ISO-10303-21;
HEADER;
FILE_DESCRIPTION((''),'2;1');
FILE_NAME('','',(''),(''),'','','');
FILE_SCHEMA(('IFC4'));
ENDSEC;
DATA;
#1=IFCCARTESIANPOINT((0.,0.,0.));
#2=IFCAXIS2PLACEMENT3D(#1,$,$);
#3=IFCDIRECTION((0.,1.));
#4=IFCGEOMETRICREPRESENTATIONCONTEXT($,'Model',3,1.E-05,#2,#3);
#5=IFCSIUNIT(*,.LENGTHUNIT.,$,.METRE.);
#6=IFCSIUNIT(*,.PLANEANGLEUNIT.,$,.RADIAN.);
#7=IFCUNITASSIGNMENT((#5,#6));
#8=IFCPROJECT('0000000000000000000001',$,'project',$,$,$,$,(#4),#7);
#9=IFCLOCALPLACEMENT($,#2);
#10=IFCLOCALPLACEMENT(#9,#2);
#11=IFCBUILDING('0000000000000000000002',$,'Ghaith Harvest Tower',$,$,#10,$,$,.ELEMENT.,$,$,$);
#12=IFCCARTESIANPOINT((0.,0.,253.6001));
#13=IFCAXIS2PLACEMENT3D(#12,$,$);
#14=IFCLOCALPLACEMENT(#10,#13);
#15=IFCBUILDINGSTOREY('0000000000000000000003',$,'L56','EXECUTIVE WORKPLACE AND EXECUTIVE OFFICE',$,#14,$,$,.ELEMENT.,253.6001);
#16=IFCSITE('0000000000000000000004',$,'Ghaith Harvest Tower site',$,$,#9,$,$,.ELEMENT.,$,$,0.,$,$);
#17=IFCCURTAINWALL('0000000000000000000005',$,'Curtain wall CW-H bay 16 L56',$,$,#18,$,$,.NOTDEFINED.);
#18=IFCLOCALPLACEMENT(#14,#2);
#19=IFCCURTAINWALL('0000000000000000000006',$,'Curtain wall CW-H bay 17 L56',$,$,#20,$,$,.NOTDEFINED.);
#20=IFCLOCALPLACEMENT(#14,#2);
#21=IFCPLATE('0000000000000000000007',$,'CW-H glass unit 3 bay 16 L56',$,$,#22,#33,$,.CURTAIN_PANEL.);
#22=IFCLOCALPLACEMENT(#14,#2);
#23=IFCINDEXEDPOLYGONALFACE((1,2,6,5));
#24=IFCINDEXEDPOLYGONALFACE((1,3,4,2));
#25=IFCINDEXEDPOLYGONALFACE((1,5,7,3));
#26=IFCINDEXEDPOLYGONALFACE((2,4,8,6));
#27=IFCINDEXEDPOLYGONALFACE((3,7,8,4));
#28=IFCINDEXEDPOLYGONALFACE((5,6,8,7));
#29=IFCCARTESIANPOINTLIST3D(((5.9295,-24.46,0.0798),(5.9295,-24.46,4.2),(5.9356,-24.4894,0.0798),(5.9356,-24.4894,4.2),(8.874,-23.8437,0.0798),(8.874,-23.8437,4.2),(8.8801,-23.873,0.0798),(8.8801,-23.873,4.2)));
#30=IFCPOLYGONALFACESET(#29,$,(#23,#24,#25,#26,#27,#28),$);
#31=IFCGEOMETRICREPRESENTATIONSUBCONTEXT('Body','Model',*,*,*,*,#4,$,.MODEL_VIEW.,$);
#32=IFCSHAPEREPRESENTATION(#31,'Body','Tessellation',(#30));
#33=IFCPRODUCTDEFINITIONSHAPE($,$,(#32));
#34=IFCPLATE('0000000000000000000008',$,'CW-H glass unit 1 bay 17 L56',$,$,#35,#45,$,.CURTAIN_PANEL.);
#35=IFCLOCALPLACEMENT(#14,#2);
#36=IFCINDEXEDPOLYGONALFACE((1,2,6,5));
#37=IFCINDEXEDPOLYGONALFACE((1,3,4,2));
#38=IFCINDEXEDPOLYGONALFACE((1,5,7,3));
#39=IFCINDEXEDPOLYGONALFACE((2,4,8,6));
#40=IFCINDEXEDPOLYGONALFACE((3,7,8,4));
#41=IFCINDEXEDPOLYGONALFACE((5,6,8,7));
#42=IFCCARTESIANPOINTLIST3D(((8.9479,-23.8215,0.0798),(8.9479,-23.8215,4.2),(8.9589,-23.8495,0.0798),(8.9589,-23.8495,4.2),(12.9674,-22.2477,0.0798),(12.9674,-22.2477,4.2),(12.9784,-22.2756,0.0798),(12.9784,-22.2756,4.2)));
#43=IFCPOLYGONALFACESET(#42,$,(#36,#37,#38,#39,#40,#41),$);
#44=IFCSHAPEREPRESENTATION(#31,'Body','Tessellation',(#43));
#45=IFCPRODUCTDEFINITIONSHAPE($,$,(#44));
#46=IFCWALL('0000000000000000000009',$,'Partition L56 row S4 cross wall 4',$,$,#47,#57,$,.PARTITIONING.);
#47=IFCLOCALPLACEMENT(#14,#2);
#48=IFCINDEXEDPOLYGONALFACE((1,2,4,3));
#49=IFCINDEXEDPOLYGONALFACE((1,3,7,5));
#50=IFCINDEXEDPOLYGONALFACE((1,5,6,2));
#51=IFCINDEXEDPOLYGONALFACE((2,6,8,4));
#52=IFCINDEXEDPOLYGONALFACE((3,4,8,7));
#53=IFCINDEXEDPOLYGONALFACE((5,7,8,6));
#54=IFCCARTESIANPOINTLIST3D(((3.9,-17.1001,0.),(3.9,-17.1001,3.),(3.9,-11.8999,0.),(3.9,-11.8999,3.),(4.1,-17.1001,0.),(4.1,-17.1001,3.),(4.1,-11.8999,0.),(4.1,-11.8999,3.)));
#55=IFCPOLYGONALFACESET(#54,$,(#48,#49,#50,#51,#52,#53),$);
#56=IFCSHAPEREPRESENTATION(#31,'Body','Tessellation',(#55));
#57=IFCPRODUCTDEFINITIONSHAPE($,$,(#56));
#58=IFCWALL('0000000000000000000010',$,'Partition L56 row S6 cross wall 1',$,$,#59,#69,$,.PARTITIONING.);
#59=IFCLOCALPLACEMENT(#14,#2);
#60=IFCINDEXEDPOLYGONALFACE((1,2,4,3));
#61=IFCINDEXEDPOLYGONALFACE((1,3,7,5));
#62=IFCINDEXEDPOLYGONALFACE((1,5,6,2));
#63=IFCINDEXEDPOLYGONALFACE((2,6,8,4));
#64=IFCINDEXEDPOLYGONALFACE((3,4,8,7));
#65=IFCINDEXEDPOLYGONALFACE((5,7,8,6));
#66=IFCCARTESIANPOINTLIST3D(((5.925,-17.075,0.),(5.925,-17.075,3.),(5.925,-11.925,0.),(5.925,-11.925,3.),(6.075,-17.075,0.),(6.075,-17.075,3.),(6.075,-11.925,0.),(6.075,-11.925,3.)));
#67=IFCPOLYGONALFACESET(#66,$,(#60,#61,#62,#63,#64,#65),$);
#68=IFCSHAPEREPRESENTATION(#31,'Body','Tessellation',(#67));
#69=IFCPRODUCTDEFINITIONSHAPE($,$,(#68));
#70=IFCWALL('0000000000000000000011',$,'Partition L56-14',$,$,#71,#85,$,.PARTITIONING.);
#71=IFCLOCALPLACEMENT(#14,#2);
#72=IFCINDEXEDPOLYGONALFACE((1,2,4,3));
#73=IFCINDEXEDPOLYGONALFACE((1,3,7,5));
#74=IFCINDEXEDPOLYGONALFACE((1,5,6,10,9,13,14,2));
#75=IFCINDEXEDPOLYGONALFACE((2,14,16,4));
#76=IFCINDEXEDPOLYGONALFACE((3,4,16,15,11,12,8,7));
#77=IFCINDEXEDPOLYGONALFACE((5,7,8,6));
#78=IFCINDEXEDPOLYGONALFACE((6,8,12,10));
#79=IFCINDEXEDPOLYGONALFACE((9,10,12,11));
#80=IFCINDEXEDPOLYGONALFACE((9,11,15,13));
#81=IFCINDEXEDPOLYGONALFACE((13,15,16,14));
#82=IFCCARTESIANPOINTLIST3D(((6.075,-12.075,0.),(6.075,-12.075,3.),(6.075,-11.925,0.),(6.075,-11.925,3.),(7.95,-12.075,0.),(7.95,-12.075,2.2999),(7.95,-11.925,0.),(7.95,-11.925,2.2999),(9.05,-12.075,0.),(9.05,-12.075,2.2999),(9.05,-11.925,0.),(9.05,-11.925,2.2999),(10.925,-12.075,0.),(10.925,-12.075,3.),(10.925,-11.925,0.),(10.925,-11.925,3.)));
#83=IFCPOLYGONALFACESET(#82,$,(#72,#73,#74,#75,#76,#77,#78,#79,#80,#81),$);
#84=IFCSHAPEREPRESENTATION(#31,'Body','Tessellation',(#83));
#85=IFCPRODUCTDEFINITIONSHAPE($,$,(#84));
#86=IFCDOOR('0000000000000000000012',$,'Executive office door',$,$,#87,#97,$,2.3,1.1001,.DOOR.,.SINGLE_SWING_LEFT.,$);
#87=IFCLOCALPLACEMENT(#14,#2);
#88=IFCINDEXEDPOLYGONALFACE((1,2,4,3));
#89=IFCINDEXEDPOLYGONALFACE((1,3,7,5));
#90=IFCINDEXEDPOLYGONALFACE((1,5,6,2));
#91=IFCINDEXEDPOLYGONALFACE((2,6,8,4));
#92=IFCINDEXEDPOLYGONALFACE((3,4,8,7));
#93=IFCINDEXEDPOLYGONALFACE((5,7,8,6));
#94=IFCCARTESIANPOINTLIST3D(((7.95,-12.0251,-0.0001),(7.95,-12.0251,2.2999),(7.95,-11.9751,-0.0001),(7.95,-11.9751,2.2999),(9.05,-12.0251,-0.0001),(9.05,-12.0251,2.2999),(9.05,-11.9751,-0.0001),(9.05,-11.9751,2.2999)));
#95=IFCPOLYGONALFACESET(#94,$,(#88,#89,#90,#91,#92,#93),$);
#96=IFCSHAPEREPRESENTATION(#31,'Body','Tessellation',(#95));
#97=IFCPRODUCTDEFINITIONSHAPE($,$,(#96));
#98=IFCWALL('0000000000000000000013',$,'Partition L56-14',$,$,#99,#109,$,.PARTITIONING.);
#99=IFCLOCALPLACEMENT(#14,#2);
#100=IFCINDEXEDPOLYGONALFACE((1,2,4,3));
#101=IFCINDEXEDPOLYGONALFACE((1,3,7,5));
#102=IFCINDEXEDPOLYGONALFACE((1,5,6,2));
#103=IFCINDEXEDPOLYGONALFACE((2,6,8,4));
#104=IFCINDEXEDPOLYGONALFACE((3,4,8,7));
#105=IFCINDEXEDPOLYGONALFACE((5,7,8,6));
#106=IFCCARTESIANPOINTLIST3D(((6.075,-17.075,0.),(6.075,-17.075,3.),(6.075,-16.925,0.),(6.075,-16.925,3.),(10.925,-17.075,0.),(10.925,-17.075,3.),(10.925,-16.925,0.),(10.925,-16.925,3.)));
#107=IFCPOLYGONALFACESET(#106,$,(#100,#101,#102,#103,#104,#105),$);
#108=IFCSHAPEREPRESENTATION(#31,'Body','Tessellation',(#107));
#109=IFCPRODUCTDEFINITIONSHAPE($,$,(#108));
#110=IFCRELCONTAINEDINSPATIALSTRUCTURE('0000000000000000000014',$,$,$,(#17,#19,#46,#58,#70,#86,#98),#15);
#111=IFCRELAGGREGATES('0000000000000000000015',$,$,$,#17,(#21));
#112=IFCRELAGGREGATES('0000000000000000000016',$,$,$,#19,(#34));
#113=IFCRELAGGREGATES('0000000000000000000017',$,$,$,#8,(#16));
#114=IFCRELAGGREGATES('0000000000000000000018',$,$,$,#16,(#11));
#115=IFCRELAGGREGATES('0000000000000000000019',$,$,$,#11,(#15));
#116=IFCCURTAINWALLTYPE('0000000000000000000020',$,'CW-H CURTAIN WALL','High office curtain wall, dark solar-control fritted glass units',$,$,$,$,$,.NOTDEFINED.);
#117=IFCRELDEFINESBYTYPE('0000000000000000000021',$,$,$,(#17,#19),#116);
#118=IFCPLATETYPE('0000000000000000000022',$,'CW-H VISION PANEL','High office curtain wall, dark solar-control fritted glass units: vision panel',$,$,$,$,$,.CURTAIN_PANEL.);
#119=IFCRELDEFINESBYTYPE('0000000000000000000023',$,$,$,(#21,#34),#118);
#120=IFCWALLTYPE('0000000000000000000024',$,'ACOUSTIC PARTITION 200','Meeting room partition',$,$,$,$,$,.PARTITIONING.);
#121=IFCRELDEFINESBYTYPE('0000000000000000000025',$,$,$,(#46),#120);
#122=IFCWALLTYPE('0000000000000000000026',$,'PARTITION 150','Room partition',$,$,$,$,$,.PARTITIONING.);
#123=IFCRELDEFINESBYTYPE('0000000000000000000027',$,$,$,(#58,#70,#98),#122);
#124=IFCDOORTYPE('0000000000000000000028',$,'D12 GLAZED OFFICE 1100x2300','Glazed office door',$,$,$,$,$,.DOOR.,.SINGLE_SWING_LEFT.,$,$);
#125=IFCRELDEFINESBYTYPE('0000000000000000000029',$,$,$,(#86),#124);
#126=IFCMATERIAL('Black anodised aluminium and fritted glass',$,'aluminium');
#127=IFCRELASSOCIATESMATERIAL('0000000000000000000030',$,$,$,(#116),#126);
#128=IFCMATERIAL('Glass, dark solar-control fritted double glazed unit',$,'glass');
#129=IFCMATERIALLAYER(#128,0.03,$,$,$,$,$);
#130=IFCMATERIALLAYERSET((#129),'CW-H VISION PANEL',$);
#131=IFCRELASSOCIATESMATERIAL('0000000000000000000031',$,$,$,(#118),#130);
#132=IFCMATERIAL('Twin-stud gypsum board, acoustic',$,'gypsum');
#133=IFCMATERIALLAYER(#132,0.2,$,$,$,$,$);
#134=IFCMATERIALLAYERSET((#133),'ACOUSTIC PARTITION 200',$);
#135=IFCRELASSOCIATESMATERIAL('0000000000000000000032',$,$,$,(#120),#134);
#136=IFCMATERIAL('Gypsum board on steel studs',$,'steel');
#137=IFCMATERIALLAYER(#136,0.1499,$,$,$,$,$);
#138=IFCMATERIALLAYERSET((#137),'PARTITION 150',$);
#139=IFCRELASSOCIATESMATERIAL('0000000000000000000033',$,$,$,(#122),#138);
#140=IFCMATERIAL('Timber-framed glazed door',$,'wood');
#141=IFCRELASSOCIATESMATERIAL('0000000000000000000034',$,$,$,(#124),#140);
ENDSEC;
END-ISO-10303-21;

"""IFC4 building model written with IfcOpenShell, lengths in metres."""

from ifc_helpers import new_model, si_unit, direction, frame, frame_2d, origin, origin_2d, place, context, subcontext, project, spatial, rectangle, extrude, material, layer, layer_set, type_object, element, fill, aggregate, save


model = new_model("IFC4")

# Units and contexts
model_context = context("Model", 3, precision=1e-05, world=origin(), true_north=direction((0.0, 1.0)))
body_context = subcontext(model_context, "Body", "Model", "MODEL_VIEW")
ifc_project = project(units=[si_unit("LENGTHUNIT", "METRE"), si_unit("PLANEANGLEUNIT", "RADIAN")], contexts=[model_context])

# Site, building, storey
site_placement = place(None, origin())
site = spatial("IfcSite", under=ifc_project, at=site_placement, Name="Ghaith Harvest Tower site", CompositionType="ELEMENT", RefElevation=0.0)
building_placement = place(site_placement, origin())
building = spatial("IfcBuilding", under=site, at=building_placement, Name="Ghaith Harvest Tower", CompositionType="ELEMENT")
storey_placement = place(building_placement, frame((0.0, 0.0, 253.6001)))
storey = spatial("IfcBuildingStorey", under=building, at=storey_placement, Name="L56", Description="EXECUTIVE WORKPLACE AND EXECUTIVE OFFICE", CompositionType="ELEMENT", Elevation=253.6001)

# Curtain wall
ifc_material_1 = material(Name="Black anodised aluminium and fritted glass", Category="aluminium")
curtain_wall_type = type_object("IfcCurtainWallType", Name="CW-H CURTAIN WALL", Description="High office curtain wall, dark solar-control fritted glass units", PredefinedType="NOTDEFINED", material=ifc_material_1)
curtain_wall_1_placement = place(storey_placement, origin())
curtain_wall_1 = element("IfcCurtainWall", 1, at=curtain_wall_1_placement, inside=storey, type_object=curtain_wall_type, Name="Curtain wall CW-H bay 16 L56", PredefinedType="NOTDEFINED")

# Curtain wall
curtain_wall_2_placement = place(storey_placement, origin())
curtain_wall_2 = element("IfcCurtainWall", 2, at=curtain_wall_2_placement, inside=storey, type_object=curtain_wall_type, Name="Curtain wall CW-H bay 17 L56", PredefinedType="NOTDEFINED")

# Plates
ifc_material_2 = material(Name="Glass, dark solar-control fritted double glazed unit", Category="glass")
ifc_layer_1 = layer(ifc_material_2, 0.03)
ifc_layer_set_1 = layer_set([ifc_layer_1], Name="CW-H VISION PANEL")
plate_type = type_object("IfcPlateType", Name="CW-H VISION PANEL", Description="High office curtain wall, dark solar-control fritted glass units: vision panel", PredefinedType="CURTAIN_PANEL", material=ifc_layer_set_1)
plate_1_placement = place(storey_placement, frame((7.4048, -24.1665, 0.0798), z_axis=(0.0, 0.0, 1.0), x_axis=(0.978789, 0.204872, 0.0)))
plate_1 = element("IfcPlate", 3, at=plate_1_placement, type_object=plate_type, Name="CW-H glass unit 3 bay 16 L56", PredefinedType="CURTAIN_PANEL", context=body_context, shape_type="SweptSolid", body=[
    extrude(rectangle(XDim=3.0083, YDim=0.03, at=origin_2d()), origin(), (0.0, 0.0, 1.0), 4.1201),
])
aggregate(curtain_wall_1, [plate_1])
plate_2_placement = place(storey_placement, frame((10.9631, -23.0486, 0.0798), z_axis=(0.0, 0.0, 1.0), x_axis=(0.931161, 0.364608, 0.0)))
plate_2 = element("IfcPlate", 4, at=plate_2_placement, type_object=plate_type, Name="CW-H glass unit 1 bay 17 L56", PredefinedType="CURTAIN_PANEL", context=body_context, shape_type="SweptSolid", body=[
    extrude(rectangle(XDim=4.3167, YDim=0.03, at=origin_2d()), origin(), (0.0, 0.0, 1.0), 4.1201),
])
aggregate(curtain_wall_2, [plate_2])

# Walls
ifc_material_3 = material(Name="Twin-stud gypsum board, acoustic", Category="gypsum")
ifc_layer_2 = layer(ifc_material_3, 0.2)
ifc_layer_set_2 = layer_set([ifc_layer_2], Name="ACOUSTIC PARTITION 200")
wall_type_1 = type_object("IfcWallType", Name="ACOUSTIC PARTITION 200", Description="Meeting room partition", PredefinedType="PARTITIONING", material=ifc_layer_set_2)
wall_1_placement = place(storey_placement, frame((4.0, -11.8999, 0.0), z_axis=(0.0, 0.0, 1.0), x_axis=(0.0, -1.0, 0.0)))
element("IfcWall", 5, at=wall_1_placement, inside=storey, type_object=wall_type_1, Name="Partition L56 row S4 cross wall 4", PredefinedType="PARTITIONING", context=body_context, shape_type="SweptSolid", body=[
    extrude(rectangle(XDim=5.2002, YDim=0.2, at=frame_2d((2.6001, 0.0))), origin(), (0.0, 0.0, 1.0), 3.0),
])
ifc_material_4 = material(Name="Gypsum board on steel studs", Category="steel")
ifc_layer_3 = layer(ifc_material_4, 0.1499)
ifc_layer_set_3 = layer_set([ifc_layer_3], Name="PARTITION 150")
wall_type_2 = type_object("IfcWallType", Name="PARTITION 150", Description="Room partition", PredefinedType="PARTITIONING", material=ifc_layer_set_3)
wall_2_placement = place(storey_placement, frame((6.0, -11.925, 0.0), z_axis=(0.0, 0.0, 1.0), x_axis=(0.0, -1.0, 0.0)))
element("IfcWall", 6, at=wall_2_placement, inside=storey, type_object=wall_type_2, Name="Partition L56 row S6 cross wall 1", PredefinedType="PARTITIONING", context=body_context, shape_type="SweptSolid", body=[
    extrude(rectangle(XDim=5.1499, YDim=0.1499, at=frame_2d((2.575, 0.0))), origin(), (0.0, 0.0, 1.0), 3.0),
])

# Wall, opening, door
wall_3_placement = place(storey_placement, frame((6.075, -12.0, 0.0), z_axis=(0.0, 0.0, 1.0), x_axis=(1.0, 0.0, 0.0)))
wall_3 = element("IfcWall", 7, at=wall_3_placement, inside=storey, type_object=wall_type_2, Name="Partition L56-14", PredefinedType="PARTITIONING", context=body_context, shape_type="SweptSolid", body=[
    extrude(rectangle(XDim=4.8501, YDim=0.1499, at=frame_2d((2.425, 0.0))), origin(), (0.0, 0.0, 1.0), 3.0),
])
opening_placement = place(wall_3_placement, frame((1.875, 0.0, 0.0)))
opening = element("IfcOpeningElement", 8, at=opening_placement, cuts=wall_3, PredefinedType="OPENING", context=body_context, shape_type="SweptSolid", body=[
    extrude(rectangle(XDim=1.1001, YDim=2.3, at=frame_2d((0.55, 1.1499))), frame((0.0, 0.085, 0.0), z_axis=(0.0, -1.0, 0.0), x_axis=(1.0, 0.0, 0.0)), (0.0, 0.0, 1.0), 0.1699),
])
ifc_material_5 = material(Name="Timber-framed glazed door", Category="wood")
door_type = type_object("IfcDoorType", Name="D12 GLAZED OFFICE 1100x2300", Description="Glazed office door", OperationType="SINGLE_SWING_LEFT", PredefinedType="DOOR", material=ifc_material_5)
door_placement = place(opening_placement, origin())
door = element("IfcDoor", 9, at=door_placement, inside=storey, type_object=door_type, Name="Executive office door", OperationType="SINGLE_SWING_LEFT", OverallHeight=2.3, OverallWidth=1.1001, PredefinedType="DOOR", context=body_context, shape_type="SweptSolid", body=[
    extrude(rectangle(XDim=1.1001, YDim=2.3, at=frame_2d((0.55, 1.1499))), frame((0.0, 0.0249, 0.0), z_axis=(0.0, -1.0, 0.0), x_axis=(1.0, 0.0, 0.0)), (0.0, 0.0, 1.0), 0.05),
])
fill(opening, door)

# Wall
wall_4_placement = place(storey_placement, frame((6.075, -17.0, 0.0), z_axis=(0.0, 0.0, 1.0), x_axis=(1.0, 0.0, 0.0)))
element("IfcWall", 10, at=wall_4_placement, inside=storey, type_object=wall_type_2, Name="Partition L56-14", PredefinedType="PARTITIONING", context=body_context, shape_type="SweptSolid", body=[
    extrude(rectangle(XDim=4.8501, YDim=0.1499, at=frame_2d((2.425, 0.0))), origin(), (0.0, 0.0, 1.0), 3.0),
])

save(model, "model.ifc")
